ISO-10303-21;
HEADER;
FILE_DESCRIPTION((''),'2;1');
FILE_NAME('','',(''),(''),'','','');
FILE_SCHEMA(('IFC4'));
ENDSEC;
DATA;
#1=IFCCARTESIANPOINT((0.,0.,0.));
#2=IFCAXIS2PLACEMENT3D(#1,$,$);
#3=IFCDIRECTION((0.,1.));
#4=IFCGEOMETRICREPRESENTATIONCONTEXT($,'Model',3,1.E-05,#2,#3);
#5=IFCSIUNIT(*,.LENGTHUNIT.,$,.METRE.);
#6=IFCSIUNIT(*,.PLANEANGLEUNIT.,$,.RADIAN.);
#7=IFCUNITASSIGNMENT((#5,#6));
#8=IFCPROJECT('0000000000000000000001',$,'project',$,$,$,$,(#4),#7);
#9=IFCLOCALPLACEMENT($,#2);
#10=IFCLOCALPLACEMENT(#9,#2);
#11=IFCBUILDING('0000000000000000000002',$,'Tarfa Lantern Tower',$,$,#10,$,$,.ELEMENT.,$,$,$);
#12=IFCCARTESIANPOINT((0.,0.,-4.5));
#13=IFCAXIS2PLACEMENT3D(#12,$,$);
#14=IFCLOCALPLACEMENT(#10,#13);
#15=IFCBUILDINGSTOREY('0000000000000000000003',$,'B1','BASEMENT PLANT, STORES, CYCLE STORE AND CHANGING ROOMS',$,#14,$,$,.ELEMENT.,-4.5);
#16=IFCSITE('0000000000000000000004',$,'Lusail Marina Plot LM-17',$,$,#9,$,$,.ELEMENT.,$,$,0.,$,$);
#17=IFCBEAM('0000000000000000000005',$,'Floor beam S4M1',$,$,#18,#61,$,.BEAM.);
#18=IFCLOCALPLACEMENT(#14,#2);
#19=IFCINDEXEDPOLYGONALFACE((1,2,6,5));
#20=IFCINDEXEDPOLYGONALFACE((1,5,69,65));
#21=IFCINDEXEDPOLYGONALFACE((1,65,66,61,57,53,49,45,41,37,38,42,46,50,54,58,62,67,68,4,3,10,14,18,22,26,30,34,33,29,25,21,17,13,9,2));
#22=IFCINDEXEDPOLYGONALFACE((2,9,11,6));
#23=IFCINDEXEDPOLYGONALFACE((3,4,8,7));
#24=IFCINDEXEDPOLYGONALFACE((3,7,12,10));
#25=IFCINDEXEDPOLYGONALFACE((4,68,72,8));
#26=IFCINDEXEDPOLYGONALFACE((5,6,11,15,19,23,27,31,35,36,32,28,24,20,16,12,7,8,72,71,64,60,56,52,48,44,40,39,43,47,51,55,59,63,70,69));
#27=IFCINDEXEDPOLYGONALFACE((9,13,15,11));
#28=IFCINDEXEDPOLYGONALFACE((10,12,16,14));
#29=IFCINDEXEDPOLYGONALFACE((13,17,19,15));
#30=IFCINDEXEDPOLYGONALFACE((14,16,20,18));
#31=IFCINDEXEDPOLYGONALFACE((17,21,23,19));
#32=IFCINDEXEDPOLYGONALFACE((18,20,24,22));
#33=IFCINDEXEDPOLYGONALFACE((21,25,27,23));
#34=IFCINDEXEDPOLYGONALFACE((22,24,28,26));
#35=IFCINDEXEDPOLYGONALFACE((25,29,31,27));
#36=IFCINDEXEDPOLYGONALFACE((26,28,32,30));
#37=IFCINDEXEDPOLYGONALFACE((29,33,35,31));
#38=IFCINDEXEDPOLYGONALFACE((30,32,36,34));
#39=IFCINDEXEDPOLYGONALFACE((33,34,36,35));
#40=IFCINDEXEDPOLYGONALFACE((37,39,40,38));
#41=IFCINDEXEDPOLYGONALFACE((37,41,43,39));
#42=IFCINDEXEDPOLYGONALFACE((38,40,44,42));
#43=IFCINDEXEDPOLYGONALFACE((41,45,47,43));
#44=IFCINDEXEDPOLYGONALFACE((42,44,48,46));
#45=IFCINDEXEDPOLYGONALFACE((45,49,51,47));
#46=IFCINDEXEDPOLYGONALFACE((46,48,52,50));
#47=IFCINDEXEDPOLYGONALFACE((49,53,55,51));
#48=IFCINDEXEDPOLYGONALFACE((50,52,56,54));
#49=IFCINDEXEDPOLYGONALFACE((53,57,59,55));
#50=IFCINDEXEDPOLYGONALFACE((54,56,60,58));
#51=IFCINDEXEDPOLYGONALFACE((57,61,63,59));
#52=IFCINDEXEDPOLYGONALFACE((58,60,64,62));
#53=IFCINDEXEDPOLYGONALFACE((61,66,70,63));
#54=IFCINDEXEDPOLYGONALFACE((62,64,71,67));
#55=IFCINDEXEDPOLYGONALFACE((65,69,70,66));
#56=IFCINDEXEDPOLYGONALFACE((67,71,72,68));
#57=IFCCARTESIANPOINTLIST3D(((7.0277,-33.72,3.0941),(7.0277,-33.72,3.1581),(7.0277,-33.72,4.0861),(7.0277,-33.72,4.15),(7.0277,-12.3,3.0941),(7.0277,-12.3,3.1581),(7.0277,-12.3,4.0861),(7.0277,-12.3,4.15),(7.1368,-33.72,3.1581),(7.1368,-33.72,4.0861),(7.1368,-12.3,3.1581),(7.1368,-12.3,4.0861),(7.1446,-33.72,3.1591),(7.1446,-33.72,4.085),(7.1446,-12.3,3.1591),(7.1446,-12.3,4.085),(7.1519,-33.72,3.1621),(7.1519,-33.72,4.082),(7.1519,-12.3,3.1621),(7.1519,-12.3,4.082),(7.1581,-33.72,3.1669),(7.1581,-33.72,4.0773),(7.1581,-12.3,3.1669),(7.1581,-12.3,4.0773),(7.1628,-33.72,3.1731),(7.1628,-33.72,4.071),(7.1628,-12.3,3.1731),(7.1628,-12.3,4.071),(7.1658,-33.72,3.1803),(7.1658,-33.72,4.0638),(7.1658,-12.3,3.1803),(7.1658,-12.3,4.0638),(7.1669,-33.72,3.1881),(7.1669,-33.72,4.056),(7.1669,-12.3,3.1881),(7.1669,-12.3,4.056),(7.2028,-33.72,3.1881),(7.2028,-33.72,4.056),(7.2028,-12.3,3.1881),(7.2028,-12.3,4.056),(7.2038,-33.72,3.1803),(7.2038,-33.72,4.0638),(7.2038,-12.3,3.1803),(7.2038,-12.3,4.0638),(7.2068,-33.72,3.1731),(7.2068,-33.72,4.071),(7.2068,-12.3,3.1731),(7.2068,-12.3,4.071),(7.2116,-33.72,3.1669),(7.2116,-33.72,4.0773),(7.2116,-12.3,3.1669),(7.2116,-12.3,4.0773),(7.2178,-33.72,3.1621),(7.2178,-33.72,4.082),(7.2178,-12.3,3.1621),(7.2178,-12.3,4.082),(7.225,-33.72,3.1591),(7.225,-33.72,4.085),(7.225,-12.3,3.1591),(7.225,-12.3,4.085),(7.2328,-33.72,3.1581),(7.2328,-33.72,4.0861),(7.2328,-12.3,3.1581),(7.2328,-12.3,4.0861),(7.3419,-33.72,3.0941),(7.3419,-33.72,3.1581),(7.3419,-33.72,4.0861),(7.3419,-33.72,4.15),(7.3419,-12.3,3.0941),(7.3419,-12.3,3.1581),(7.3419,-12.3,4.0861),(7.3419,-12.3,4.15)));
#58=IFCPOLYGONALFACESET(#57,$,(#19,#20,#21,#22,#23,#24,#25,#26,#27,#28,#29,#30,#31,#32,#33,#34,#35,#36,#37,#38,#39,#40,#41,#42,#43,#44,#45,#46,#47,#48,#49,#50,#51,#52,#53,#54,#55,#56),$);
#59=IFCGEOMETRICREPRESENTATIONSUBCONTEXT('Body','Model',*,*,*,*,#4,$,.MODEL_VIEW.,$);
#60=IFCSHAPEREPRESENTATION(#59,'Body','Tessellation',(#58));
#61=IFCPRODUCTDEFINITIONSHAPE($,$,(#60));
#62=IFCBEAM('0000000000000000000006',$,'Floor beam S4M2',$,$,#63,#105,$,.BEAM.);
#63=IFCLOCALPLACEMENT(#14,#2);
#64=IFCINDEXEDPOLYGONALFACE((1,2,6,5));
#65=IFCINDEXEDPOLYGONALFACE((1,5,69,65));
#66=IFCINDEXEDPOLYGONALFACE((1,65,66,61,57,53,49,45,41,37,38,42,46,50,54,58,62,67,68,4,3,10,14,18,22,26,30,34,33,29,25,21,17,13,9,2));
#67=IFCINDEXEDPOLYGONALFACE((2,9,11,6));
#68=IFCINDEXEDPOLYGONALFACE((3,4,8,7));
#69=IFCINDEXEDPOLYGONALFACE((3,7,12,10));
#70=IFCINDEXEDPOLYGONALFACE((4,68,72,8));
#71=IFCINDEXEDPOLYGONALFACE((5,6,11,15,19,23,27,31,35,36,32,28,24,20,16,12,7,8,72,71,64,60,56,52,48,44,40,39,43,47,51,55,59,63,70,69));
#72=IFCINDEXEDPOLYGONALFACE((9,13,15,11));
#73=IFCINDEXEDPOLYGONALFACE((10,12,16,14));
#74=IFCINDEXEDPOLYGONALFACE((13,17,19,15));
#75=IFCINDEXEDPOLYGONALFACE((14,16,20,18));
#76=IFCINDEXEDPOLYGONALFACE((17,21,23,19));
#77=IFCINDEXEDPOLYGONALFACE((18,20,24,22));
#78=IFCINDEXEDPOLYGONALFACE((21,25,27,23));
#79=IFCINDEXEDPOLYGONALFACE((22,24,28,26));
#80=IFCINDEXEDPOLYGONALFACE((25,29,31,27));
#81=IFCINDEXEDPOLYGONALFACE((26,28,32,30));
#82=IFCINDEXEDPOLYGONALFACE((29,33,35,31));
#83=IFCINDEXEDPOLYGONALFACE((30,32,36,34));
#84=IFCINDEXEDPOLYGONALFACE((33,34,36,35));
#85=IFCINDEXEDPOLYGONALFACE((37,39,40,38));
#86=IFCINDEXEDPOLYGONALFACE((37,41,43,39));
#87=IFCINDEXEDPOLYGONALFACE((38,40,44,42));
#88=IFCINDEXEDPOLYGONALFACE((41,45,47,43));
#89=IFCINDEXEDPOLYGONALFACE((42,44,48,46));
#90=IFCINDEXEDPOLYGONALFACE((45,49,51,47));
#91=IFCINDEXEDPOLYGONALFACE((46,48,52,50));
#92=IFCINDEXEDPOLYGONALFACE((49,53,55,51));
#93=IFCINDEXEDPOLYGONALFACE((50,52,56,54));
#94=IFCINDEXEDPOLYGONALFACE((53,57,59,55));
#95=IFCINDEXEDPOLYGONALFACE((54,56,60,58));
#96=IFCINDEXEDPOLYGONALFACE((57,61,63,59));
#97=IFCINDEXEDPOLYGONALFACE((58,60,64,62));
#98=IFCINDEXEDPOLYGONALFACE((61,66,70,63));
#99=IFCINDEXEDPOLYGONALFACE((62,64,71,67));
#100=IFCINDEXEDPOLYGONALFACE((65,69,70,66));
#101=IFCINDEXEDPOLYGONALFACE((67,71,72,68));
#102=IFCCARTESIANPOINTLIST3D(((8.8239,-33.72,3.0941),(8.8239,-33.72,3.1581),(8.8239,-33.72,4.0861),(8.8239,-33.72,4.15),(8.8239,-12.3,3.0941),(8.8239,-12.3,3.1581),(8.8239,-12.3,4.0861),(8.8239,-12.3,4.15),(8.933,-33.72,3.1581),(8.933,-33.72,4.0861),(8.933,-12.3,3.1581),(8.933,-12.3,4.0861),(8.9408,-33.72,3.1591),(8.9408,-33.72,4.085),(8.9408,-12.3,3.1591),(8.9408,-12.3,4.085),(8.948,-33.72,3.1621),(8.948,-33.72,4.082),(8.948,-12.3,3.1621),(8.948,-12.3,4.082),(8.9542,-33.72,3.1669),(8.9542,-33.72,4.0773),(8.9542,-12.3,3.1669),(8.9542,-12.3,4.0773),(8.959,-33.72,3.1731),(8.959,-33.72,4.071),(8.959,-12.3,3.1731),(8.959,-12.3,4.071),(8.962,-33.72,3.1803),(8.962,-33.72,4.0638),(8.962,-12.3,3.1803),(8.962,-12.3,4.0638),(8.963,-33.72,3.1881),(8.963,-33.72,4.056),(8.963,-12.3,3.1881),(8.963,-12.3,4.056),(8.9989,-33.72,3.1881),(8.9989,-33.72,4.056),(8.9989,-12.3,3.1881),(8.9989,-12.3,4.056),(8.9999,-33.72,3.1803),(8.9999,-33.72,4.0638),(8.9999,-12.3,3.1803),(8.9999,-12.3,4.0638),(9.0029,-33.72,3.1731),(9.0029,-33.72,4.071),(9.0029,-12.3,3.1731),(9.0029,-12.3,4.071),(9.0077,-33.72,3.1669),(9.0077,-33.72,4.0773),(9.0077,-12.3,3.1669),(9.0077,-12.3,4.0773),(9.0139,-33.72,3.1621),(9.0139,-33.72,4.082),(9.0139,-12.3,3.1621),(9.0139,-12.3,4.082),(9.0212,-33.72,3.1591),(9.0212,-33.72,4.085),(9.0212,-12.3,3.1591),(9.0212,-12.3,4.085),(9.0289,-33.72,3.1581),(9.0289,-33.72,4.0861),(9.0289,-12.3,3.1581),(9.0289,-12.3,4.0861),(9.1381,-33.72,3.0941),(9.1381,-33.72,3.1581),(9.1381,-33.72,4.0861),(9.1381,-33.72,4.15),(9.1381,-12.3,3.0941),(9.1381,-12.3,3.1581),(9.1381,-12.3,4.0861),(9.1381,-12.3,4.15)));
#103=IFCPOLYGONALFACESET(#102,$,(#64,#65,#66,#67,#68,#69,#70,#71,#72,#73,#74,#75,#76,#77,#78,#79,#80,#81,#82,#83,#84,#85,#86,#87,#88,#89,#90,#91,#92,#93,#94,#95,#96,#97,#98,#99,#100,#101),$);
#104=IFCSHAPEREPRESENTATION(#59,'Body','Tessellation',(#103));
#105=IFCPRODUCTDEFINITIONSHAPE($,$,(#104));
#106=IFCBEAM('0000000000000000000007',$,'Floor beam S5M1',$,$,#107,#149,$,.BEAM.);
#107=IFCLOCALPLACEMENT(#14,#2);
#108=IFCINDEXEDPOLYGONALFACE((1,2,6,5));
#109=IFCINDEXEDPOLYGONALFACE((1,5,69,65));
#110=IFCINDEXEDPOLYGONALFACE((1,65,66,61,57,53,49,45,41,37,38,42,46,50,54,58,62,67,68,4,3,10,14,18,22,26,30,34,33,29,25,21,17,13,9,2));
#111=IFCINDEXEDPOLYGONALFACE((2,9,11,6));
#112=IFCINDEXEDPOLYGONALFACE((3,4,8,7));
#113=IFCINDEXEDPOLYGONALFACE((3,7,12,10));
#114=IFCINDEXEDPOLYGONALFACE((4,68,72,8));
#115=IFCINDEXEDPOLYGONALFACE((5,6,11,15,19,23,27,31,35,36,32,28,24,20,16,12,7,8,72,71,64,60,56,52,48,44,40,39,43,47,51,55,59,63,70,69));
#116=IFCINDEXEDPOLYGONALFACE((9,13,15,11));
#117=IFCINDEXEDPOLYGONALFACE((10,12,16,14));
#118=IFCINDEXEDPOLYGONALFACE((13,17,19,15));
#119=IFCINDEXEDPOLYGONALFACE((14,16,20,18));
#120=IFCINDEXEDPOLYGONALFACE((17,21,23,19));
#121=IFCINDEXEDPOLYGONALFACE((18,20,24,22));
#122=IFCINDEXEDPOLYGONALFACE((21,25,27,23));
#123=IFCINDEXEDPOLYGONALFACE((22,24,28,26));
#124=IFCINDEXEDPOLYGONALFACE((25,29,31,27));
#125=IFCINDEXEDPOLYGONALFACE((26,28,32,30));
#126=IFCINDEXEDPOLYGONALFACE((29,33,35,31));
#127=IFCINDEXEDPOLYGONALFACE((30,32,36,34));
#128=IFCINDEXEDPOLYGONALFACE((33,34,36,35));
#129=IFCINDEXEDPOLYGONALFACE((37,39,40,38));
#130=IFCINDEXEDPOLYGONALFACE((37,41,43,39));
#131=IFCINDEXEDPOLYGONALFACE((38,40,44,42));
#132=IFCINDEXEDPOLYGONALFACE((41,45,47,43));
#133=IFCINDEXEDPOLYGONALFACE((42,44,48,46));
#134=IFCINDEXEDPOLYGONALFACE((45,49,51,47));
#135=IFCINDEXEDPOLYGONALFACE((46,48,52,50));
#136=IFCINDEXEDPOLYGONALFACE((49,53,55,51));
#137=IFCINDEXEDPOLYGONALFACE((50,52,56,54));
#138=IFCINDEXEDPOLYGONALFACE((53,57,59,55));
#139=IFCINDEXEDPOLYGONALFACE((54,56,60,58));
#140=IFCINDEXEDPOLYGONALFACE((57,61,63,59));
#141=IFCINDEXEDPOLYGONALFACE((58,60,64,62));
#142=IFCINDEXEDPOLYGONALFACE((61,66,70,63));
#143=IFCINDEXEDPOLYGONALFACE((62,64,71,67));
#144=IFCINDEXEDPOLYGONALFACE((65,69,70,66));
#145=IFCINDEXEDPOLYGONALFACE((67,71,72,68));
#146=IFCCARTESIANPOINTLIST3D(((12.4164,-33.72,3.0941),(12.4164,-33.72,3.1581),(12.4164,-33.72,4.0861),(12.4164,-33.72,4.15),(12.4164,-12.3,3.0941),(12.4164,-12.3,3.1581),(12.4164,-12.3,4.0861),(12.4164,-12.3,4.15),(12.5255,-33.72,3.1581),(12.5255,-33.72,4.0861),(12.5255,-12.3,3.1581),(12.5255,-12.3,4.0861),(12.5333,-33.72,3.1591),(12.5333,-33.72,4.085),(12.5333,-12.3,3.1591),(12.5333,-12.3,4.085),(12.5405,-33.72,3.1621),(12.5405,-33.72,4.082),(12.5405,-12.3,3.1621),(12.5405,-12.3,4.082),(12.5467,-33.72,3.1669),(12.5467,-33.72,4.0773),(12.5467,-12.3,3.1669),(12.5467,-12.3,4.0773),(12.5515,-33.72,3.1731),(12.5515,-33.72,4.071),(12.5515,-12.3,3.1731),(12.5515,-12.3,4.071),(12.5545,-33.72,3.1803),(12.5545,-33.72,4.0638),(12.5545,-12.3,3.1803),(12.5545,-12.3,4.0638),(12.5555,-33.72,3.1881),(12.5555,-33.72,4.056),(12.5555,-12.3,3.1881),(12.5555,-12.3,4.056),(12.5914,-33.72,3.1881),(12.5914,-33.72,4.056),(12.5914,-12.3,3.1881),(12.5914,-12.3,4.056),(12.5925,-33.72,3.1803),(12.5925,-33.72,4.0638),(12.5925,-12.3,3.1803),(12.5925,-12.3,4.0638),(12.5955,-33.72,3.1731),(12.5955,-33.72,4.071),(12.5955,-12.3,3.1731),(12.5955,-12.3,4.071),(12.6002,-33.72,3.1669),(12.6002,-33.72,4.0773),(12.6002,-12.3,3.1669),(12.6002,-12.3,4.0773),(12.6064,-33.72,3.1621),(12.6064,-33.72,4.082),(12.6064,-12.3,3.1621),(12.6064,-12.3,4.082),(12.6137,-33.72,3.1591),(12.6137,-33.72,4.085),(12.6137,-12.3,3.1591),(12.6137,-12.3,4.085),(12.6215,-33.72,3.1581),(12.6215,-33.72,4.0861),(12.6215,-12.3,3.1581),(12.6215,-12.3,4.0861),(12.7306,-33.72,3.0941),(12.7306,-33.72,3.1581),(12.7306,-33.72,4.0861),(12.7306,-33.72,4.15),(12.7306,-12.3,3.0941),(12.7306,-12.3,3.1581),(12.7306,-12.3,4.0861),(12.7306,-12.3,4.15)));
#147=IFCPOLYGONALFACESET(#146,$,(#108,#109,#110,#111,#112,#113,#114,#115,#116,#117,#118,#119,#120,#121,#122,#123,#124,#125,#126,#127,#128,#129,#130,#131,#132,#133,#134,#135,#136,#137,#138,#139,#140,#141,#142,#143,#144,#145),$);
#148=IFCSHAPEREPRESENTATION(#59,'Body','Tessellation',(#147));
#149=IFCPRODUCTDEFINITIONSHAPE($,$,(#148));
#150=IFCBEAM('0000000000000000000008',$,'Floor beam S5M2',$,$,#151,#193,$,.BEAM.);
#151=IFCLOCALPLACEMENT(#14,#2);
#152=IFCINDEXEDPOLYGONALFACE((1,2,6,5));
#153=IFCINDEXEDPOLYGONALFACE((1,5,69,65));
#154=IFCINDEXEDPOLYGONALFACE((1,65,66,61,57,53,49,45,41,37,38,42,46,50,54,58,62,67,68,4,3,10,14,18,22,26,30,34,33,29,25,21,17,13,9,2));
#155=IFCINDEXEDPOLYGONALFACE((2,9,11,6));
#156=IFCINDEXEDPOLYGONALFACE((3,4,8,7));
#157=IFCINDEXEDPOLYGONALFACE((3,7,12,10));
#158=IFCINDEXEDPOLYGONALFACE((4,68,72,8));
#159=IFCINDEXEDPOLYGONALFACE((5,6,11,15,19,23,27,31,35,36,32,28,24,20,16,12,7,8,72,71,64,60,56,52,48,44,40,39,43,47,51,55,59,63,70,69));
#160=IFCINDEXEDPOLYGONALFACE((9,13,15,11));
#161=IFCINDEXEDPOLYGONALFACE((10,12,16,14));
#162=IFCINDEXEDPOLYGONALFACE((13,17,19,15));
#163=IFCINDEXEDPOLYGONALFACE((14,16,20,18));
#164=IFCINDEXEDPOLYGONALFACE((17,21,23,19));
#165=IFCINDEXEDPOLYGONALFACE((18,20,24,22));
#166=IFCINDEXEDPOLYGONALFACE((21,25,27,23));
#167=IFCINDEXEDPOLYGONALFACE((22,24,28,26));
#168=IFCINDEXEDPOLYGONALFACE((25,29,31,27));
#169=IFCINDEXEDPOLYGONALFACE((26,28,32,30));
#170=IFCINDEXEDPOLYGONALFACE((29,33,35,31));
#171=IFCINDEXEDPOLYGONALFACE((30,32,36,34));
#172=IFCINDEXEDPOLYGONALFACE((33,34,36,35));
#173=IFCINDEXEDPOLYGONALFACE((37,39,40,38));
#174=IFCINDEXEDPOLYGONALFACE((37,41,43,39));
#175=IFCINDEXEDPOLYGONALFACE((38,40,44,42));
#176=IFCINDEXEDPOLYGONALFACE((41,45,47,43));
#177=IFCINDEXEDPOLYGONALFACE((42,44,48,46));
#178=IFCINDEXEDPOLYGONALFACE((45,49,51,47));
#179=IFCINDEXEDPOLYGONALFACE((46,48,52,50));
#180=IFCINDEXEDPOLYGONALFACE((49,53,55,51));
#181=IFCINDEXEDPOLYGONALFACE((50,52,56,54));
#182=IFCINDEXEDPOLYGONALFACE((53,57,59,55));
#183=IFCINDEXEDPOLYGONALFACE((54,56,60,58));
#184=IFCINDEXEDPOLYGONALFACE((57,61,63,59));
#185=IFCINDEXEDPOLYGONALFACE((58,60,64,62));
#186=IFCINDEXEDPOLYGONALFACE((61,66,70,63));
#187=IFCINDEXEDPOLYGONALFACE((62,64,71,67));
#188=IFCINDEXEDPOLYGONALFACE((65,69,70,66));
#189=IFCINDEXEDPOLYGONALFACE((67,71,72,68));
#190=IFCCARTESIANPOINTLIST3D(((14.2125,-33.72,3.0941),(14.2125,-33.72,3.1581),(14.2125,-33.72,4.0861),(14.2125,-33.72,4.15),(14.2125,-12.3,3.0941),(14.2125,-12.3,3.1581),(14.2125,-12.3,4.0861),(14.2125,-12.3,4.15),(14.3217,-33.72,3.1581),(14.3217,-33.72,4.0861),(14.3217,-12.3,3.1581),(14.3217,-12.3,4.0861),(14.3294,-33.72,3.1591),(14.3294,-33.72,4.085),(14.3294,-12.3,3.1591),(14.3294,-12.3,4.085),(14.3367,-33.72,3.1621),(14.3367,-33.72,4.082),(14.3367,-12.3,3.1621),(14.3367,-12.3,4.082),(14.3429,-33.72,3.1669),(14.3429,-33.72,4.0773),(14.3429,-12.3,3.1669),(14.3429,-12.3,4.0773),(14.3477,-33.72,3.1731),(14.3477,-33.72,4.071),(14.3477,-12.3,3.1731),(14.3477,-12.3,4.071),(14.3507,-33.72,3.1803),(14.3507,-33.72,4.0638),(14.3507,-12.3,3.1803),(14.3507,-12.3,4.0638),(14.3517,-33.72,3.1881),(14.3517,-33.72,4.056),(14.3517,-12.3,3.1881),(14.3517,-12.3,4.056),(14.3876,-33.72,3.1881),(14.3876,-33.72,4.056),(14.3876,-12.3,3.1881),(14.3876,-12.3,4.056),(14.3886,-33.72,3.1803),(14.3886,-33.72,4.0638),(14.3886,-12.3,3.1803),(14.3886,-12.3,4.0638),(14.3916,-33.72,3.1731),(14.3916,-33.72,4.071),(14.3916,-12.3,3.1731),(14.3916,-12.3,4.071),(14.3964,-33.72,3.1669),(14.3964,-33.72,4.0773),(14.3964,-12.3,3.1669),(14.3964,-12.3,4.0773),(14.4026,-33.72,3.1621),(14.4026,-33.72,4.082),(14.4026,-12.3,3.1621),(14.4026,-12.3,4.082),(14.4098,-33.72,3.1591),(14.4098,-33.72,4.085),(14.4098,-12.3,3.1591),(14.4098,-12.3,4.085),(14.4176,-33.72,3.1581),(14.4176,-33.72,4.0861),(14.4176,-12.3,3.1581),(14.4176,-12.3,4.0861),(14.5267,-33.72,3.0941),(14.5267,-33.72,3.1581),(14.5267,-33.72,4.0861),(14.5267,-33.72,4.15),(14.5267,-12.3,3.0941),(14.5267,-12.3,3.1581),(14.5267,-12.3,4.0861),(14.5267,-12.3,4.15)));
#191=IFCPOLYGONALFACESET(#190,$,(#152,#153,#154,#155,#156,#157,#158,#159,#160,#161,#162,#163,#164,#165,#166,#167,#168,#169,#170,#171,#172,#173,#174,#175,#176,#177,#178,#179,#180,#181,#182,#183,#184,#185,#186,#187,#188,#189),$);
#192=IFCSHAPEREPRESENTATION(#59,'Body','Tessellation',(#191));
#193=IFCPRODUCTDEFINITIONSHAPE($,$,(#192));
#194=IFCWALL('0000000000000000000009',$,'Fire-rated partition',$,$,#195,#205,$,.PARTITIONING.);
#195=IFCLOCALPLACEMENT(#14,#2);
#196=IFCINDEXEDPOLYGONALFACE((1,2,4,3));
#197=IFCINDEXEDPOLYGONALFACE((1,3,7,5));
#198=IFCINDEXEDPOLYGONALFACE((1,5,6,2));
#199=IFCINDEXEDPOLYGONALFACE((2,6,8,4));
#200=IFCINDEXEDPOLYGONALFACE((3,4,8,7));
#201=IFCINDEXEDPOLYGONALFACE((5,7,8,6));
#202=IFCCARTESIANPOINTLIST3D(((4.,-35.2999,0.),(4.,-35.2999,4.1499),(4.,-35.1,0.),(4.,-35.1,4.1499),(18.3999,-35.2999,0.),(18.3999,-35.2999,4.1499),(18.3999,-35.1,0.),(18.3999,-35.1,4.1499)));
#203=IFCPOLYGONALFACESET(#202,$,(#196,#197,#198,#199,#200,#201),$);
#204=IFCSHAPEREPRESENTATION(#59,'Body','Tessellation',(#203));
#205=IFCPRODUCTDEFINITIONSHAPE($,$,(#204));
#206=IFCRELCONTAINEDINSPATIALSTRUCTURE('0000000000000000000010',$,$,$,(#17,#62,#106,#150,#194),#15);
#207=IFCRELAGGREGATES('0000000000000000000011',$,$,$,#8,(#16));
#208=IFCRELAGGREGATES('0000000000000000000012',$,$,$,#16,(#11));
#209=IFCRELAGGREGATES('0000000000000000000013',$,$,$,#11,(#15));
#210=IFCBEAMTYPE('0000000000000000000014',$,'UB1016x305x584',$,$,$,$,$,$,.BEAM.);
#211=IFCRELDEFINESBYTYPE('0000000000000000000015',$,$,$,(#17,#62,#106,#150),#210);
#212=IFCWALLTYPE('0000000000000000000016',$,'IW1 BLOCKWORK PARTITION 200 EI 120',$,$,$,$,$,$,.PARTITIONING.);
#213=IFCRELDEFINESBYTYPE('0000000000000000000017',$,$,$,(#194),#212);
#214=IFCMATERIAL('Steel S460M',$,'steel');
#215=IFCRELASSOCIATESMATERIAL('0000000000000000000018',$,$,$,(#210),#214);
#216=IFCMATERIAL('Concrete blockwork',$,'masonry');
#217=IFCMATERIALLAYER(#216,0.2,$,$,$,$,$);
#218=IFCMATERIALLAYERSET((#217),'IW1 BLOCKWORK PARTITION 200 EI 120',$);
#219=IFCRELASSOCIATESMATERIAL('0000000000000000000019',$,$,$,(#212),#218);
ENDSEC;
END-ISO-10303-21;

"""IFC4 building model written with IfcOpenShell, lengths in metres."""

from ifc_helpers import new_model, si_unit, direction, frame, frame_2d, origin, origin_2d, place, context, subcontext, project, spatial, rectangle, i_section, extrude, material, layer, layer_set, material_profile, profile_set, type_object, element, save


model = new_model("IFC4")

# Units and contexts
model_context = context("Model", 3, precision=1e-05, world=origin(), true_north=direction((0.0, 1.0)))
body_context = subcontext(model_context, "Body", "Model", "MODEL_VIEW")
ifc_project = project(units=[si_unit("LENGTHUNIT", "METRE"), si_unit("PLANEANGLEUNIT", "RADIAN")], contexts=[model_context])

# Site, building, storey
site_placement = place(None, origin())
site = spatial("IfcSite", under=ifc_project, at=site_placement, Name="Lusail Marina Plot LM-17", CompositionType="ELEMENT", RefElevation=0.0)
building_placement = place(site_placement, origin())
building = spatial("IfcBuilding", under=site, at=building_placement, Name="Tarfa Lantern Tower", CompositionType="ELEMENT")
storey_placement = place(building_placement, frame((0.0, 0.0, -4.5)))
storey = spatial("IfcBuildingStorey", under=building, at=storey_placement, Name="B1", Description="BASEMENT PLANT, STORES, CYCLE STORE AND CHANGING ROOMS", CompositionType="ELEMENT", Elevation=-4.5)

# Beams
ifc_material_1 = material(Name="Steel S460M", Category="steel")
ifc_material_profile_1 = material_profile(ifc_material_1, i_section(OverallWidth=0.3142, OverallDepth=1.0559, WebThickness=0.0359, FlangeThickness=0.064, FilletRadius=0.03, at=origin_2d()), Name="UB1016x305x584")
ifc_profile_set_1 = profile_set([ifc_material_profile_1], Name="Steel S460M")
beam_type_1 = type_object("IfcBeamType", Name="UB1016x305x584", PredefinedType="BEAM", material=ifc_profile_set_1)
for number, where, z_axis, x_axis, name in (
    (1, (7.1848, -33.72, 3.6221), (0.0, 1.0, 0.0), (-1.0, 0.0, 0.0), "Floor beam S4M1"),
    (2, (8.981, -33.72, 3.6221), (0.0, 1.0, 0.0), (-1.0, 0.0, 0.0), "Floor beam S4M2"),
    (3, (12.5735, -33.72, 3.6221), (0.0, 1.0, 0.0), (-1.0, 0.0, 0.0), "Floor beam S5M1"),
    (4, (14.3696, -33.72, 3.6221), (0.0, 1.0, 0.0), (-1.0, 0.0, 0.0), "Floor beam S5M2"),
):
    element("IfcBeam", number, at=place(storey_placement, frame(where, z_axis=z_axis, x_axis=x_axis)), inside=storey, type_object=beam_type_1, Name=name, PredefinedType="BEAM", context=body_context, shape_type="SweptSolid", body=[
        extrude(i_section(OverallWidth=0.3142, OverallDepth=1.0559, WebThickness=0.0359, FlangeThickness=0.064, FilletRadius=0.03, at=origin_2d()), origin(), (0.0, 0.0, 1.0), 21.4199),
    ])

# Wall
ifc_material_2 = material(Name="Concrete blockwork", Category="masonry")
ifc_layer_1 = layer(ifc_material_2, 0.2)
ifc_layer_set_1 = layer_set([ifc_layer_1], Name="IW1 BLOCKWORK PARTITION 200 EI 120")
wall_type_1 = type_object("IfcWallType", Name="IW1 BLOCKWORK PARTITION 200 EI 120", PredefinedType="PARTITIONING", material=ifc_layer_set_1)
wall_1_placement = place(storey_placement, frame((4.0, -35.2, 0.0), z_axis=(0.0, 0.0, 1.0), x_axis=(1.0, 0.0, 0.0)))
element("IfcWall", 5, at=wall_1_placement, inside=storey, type_object=wall_type_1, Name="Fire-rated partition", PredefinedType="PARTITIONING", context=body_context, shape_type="SweptSolid", body=[
    extrude(rectangle(XDim=14.3999, YDim=0.2, at=frame_2d((7.2, 0.0))), origin(), (0.0, 0.0, 1.0), 4.1499),
])

save(model, "model.ifc")
